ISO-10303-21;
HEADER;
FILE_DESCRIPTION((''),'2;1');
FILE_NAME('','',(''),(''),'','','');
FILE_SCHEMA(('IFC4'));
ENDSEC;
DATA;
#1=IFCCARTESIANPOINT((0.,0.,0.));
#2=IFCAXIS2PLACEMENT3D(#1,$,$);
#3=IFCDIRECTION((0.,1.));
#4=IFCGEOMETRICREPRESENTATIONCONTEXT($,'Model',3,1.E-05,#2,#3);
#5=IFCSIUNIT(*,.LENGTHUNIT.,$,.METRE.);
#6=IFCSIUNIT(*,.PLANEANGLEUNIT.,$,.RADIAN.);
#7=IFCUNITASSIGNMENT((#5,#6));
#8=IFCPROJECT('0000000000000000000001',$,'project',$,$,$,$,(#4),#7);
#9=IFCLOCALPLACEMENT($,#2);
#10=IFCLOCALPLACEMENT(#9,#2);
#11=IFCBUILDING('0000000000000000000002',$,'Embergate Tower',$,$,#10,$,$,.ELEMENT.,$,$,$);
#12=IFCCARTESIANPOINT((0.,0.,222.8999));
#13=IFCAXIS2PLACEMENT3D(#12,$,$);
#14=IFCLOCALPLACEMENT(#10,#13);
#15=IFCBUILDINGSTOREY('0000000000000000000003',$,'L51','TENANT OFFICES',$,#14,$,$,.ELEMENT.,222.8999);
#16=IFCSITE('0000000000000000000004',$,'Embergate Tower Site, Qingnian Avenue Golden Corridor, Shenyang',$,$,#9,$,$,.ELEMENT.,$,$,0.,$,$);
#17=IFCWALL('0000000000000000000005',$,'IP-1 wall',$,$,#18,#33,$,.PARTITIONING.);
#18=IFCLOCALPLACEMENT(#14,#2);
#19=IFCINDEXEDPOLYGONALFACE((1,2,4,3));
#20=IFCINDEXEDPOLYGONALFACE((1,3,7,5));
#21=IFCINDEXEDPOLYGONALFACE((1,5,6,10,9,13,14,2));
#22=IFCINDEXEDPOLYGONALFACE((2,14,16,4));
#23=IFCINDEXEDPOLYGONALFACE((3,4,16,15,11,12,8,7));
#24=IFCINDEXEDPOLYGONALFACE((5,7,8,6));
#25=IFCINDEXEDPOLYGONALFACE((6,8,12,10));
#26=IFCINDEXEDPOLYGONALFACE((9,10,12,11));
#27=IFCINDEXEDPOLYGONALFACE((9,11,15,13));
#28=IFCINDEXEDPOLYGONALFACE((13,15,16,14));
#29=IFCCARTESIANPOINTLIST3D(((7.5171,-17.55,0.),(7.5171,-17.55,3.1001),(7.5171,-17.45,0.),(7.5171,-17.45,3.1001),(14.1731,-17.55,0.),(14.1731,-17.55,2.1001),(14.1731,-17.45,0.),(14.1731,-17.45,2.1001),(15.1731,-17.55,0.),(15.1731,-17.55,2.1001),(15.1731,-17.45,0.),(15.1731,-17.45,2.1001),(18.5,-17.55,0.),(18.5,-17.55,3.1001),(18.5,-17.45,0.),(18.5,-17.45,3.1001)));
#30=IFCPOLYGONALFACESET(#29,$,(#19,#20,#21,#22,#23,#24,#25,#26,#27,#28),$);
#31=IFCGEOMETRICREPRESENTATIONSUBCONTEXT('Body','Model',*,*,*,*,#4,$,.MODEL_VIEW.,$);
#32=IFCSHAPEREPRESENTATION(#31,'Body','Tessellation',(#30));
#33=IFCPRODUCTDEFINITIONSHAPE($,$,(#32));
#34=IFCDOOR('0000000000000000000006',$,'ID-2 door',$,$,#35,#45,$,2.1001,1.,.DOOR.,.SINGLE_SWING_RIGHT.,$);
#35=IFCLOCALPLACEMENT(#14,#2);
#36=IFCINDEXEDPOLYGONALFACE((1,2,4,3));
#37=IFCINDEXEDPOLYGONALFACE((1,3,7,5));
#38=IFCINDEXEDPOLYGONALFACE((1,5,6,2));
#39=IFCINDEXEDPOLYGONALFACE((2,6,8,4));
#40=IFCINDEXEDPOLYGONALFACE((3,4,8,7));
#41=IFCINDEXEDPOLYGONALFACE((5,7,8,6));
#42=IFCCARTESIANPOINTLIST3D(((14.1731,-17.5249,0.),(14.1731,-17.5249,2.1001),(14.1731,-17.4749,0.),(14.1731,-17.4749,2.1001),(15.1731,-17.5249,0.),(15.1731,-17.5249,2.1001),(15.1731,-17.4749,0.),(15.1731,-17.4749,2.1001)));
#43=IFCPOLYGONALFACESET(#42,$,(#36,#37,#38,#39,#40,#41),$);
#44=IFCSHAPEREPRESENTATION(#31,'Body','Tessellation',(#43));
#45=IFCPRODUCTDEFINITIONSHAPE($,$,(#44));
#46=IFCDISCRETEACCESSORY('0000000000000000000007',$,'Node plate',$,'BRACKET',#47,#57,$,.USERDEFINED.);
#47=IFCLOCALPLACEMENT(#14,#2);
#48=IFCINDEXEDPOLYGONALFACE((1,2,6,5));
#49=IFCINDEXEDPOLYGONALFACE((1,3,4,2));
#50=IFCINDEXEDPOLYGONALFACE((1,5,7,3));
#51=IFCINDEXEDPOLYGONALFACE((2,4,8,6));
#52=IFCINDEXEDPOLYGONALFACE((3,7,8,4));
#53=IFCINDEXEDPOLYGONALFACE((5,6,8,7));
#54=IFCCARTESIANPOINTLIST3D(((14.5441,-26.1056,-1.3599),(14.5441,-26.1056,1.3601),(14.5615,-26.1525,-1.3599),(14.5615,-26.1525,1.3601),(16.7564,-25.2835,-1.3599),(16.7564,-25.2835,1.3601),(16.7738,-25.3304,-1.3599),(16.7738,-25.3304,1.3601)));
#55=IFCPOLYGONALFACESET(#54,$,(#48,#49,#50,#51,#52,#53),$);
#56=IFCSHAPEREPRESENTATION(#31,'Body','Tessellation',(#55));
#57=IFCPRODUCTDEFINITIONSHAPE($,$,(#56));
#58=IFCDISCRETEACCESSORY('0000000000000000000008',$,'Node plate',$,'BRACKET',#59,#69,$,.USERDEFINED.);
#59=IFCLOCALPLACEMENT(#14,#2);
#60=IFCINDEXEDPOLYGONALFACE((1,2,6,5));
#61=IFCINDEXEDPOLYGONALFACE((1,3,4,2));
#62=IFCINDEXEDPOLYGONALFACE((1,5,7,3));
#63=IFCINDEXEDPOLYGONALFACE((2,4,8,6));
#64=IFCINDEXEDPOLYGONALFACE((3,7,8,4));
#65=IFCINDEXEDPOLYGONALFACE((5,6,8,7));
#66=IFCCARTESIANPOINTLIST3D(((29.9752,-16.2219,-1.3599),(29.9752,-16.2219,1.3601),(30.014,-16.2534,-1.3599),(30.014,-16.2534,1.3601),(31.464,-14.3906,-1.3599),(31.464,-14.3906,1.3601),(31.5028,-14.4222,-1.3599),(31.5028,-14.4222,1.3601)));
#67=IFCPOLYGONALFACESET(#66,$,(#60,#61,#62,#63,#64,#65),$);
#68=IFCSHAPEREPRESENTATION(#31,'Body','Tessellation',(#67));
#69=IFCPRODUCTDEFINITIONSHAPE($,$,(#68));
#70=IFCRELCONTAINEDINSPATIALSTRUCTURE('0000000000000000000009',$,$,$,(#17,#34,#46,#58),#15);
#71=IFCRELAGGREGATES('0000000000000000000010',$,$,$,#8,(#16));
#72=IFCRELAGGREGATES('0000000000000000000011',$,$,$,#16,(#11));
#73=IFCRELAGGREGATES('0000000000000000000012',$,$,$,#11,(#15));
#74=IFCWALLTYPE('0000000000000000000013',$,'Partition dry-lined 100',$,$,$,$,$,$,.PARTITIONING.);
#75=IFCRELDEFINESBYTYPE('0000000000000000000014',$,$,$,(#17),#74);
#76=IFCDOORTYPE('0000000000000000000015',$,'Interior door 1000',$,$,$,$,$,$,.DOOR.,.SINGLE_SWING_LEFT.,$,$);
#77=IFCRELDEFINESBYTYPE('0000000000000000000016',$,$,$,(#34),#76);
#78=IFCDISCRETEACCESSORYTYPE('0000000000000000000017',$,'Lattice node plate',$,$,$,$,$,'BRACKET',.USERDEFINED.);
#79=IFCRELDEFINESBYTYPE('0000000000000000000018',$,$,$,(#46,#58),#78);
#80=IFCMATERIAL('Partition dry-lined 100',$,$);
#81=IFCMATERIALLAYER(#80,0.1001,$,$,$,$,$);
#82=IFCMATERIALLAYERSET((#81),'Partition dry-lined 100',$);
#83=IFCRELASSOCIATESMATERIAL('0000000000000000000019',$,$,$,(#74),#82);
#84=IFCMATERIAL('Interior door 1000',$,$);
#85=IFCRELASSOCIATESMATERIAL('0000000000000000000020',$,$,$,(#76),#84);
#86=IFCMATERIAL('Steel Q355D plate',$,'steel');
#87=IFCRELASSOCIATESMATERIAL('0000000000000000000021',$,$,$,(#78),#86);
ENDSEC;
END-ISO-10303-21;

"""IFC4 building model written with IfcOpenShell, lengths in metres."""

from ifc_helpers import new_model, si_unit, direction, frame, frame_2d, origin, origin_2d, place, context, subcontext, project, spatial, rectangle, extrude, source, transform, mapped, material, layer, layer_set, type_object, element, fill, save


model = new_model("IFC4")

# Units and contexts
model_context = context("Model", 3, precision=1e-05, world=origin(), true_north=direction((0.0, 1.0)))
body_context = subcontext(model_context, "Body", "Model", "MODEL_VIEW")
ifc_project = project(units=[si_unit("LENGTHUNIT", "METRE"), si_unit("PLANEANGLEUNIT", "RADIAN")], contexts=[model_context])

# Site, building, storey
site_placement = place(None, origin())
site = spatial("IfcSite", under=ifc_project, at=site_placement, Name="Embergate Tower Site, Qingnian Avenue Golden Corridor, Shenyang", CompositionType="ELEMENT", RefElevation=0.0)
building_placement = place(site_placement, origin())
building = spatial("IfcBuilding", under=site, at=building_placement, Name="Embergate Tower", CompositionType="ELEMENT")
storey_placement = place(building_placement, frame((0.0, 0.0, 222.8999)))
storey = spatial("IfcBuildingStorey", under=building, at=storey_placement, Name="L51", Description="TENANT OFFICES", CompositionType="ELEMENT", Elevation=222.8999)

# Wall, opening, door
ifc_material_1 = material(Name="Partition dry-lined 100")
ifc_layer_1 = layer(ifc_material_1, 0.1001)
ifc_layer_set_1 = layer_set([ifc_layer_1], Name="Partition dry-lined 100")
wall_type = type_object("IfcWallType", Name="Partition dry-lined 100", PredefinedType="PARTITIONING", material=ifc_layer_set_1)
shared_shape_1 = source(origin(), body_context, "Body", "SweptSolid", [
    extrude(rectangle(XDim=10.9829, YDim=0.1001, at=frame_2d((5.4915, 0.0))), origin(), (0.0, 0.0, 1.0), 3.1001),
])
wall_placement = place(storey_placement, frame((18.5, -17.5, 0.0), z_axis=(0.0, 0.0, 1.0), x_axis=(-1.0, 0.0, 0.0)))
wall = element("IfcWall", 1, at=wall_placement, inside=storey, type_object=wall_type, Name="IP-1 wall", PredefinedType="PARTITIONING", context=body_context, shape_type="MappedRepresentation", body=[
    mapped(shared_shape_1, transform((0.0, 0.0, 0.0))),
])
shared_shape_2 = source(origin(), body_context, "Body", "SweptSolid", [
    extrude(rectangle(XDim=1.0, YDim=2.1001, at=frame_2d((0.5, 1.05))), frame((0.0, 0.0601, 0.0), z_axis=(0.0, -1.0, 0.0), x_axis=(1.0, 0.0, 0.0)), (0.0, 0.0, 1.0), 0.1201),
])
opening_placement = place(wall_placement, frame((3.3269, 0.0, 0.0)))
opening = element("IfcOpeningElement", 2, at=opening_placement, cuts=wall, PredefinedType="OPENING", context=body_context, shape_type="MappedRepresentation", body=[
    mapped(shared_shape_2, transform((0.0, 0.0, 0.0))),
])
ifc_material_2 = material(Name="Interior door 1000")
door_type = type_object("IfcDoorType", Name="Interior door 1000", OperationType="SINGLE_SWING_LEFT", PredefinedType="DOOR", material=ifc_material_2)
shared_shape_3 = source(origin(), body_context, "Body", "SweptSolid", [
    extrude(rectangle(XDim=1.0, YDim=2.1001, at=frame_2d((0.5, 1.05))), frame((0.0, 0.0249, 0.0), z_axis=(0.0, -1.0, 0.0), x_axis=(1.0, 0.0, 0.0)), (0.0, 0.0, 1.0), 0.05),
])
door_placement = place(opening_placement, origin())
door = element("IfcDoor", 3, at=door_placement, inside=storey, type_object=door_type, Name="ID-2 door", OperationType="SINGLE_SWING_RIGHT", OverallHeight=2.1001, OverallWidth=1.0, PredefinedType="DOOR", context=body_context, shape_type="MappedRepresentation", body=[
    mapped(shared_shape_3, transform((0.0, 0.0, 0.0))),
])
fill(opening, door)

# Discrete accessories
ifc_material_3 = material(Name="Steel Q355D plate", Category="steel")
discrete_accessory_type = type_object("IfcDiscreteAccessoryType", Name="Lattice node plate", ElementType="BRACKET", PredefinedType="USERDEFINED", material=ifc_material_3)
shared_shape_4 = source(origin(), body_context, "Body", "SweptSolid", [
    extrude(rectangle(XDim=2.3601, YDim=0.05, at=origin_2d()), origin(), (0.0, 0.0, 1.0), 2.72),
])
for number, where, z_axis, x_axis, name in (
    (4, (15.6589, -25.718, -1.3599), (0.0, 0.0, 1.0), (0.937367, 0.348343, 0.0), "Node plate"),
    (5, (30.739, -15.322, -1.3599), (0.0, 0.0, 1.0), (0.630825, 0.775925, 0.0), "Node plate"),
):
    element("IfcDiscreteAccessory", number, at=place(storey_placement, frame(where, z_axis=z_axis, x_axis=x_axis)), inside=storey, type_object=discrete_accessory_type, Name=name, ObjectType="BRACKET", PredefinedType="USERDEFINED", context=body_context, shape_type="MappedRepresentation", body=[
        mapped(shared_shape_4, transform((0.0, 0.0, 0.0))),
    ])

save(model, "model.ifc")
